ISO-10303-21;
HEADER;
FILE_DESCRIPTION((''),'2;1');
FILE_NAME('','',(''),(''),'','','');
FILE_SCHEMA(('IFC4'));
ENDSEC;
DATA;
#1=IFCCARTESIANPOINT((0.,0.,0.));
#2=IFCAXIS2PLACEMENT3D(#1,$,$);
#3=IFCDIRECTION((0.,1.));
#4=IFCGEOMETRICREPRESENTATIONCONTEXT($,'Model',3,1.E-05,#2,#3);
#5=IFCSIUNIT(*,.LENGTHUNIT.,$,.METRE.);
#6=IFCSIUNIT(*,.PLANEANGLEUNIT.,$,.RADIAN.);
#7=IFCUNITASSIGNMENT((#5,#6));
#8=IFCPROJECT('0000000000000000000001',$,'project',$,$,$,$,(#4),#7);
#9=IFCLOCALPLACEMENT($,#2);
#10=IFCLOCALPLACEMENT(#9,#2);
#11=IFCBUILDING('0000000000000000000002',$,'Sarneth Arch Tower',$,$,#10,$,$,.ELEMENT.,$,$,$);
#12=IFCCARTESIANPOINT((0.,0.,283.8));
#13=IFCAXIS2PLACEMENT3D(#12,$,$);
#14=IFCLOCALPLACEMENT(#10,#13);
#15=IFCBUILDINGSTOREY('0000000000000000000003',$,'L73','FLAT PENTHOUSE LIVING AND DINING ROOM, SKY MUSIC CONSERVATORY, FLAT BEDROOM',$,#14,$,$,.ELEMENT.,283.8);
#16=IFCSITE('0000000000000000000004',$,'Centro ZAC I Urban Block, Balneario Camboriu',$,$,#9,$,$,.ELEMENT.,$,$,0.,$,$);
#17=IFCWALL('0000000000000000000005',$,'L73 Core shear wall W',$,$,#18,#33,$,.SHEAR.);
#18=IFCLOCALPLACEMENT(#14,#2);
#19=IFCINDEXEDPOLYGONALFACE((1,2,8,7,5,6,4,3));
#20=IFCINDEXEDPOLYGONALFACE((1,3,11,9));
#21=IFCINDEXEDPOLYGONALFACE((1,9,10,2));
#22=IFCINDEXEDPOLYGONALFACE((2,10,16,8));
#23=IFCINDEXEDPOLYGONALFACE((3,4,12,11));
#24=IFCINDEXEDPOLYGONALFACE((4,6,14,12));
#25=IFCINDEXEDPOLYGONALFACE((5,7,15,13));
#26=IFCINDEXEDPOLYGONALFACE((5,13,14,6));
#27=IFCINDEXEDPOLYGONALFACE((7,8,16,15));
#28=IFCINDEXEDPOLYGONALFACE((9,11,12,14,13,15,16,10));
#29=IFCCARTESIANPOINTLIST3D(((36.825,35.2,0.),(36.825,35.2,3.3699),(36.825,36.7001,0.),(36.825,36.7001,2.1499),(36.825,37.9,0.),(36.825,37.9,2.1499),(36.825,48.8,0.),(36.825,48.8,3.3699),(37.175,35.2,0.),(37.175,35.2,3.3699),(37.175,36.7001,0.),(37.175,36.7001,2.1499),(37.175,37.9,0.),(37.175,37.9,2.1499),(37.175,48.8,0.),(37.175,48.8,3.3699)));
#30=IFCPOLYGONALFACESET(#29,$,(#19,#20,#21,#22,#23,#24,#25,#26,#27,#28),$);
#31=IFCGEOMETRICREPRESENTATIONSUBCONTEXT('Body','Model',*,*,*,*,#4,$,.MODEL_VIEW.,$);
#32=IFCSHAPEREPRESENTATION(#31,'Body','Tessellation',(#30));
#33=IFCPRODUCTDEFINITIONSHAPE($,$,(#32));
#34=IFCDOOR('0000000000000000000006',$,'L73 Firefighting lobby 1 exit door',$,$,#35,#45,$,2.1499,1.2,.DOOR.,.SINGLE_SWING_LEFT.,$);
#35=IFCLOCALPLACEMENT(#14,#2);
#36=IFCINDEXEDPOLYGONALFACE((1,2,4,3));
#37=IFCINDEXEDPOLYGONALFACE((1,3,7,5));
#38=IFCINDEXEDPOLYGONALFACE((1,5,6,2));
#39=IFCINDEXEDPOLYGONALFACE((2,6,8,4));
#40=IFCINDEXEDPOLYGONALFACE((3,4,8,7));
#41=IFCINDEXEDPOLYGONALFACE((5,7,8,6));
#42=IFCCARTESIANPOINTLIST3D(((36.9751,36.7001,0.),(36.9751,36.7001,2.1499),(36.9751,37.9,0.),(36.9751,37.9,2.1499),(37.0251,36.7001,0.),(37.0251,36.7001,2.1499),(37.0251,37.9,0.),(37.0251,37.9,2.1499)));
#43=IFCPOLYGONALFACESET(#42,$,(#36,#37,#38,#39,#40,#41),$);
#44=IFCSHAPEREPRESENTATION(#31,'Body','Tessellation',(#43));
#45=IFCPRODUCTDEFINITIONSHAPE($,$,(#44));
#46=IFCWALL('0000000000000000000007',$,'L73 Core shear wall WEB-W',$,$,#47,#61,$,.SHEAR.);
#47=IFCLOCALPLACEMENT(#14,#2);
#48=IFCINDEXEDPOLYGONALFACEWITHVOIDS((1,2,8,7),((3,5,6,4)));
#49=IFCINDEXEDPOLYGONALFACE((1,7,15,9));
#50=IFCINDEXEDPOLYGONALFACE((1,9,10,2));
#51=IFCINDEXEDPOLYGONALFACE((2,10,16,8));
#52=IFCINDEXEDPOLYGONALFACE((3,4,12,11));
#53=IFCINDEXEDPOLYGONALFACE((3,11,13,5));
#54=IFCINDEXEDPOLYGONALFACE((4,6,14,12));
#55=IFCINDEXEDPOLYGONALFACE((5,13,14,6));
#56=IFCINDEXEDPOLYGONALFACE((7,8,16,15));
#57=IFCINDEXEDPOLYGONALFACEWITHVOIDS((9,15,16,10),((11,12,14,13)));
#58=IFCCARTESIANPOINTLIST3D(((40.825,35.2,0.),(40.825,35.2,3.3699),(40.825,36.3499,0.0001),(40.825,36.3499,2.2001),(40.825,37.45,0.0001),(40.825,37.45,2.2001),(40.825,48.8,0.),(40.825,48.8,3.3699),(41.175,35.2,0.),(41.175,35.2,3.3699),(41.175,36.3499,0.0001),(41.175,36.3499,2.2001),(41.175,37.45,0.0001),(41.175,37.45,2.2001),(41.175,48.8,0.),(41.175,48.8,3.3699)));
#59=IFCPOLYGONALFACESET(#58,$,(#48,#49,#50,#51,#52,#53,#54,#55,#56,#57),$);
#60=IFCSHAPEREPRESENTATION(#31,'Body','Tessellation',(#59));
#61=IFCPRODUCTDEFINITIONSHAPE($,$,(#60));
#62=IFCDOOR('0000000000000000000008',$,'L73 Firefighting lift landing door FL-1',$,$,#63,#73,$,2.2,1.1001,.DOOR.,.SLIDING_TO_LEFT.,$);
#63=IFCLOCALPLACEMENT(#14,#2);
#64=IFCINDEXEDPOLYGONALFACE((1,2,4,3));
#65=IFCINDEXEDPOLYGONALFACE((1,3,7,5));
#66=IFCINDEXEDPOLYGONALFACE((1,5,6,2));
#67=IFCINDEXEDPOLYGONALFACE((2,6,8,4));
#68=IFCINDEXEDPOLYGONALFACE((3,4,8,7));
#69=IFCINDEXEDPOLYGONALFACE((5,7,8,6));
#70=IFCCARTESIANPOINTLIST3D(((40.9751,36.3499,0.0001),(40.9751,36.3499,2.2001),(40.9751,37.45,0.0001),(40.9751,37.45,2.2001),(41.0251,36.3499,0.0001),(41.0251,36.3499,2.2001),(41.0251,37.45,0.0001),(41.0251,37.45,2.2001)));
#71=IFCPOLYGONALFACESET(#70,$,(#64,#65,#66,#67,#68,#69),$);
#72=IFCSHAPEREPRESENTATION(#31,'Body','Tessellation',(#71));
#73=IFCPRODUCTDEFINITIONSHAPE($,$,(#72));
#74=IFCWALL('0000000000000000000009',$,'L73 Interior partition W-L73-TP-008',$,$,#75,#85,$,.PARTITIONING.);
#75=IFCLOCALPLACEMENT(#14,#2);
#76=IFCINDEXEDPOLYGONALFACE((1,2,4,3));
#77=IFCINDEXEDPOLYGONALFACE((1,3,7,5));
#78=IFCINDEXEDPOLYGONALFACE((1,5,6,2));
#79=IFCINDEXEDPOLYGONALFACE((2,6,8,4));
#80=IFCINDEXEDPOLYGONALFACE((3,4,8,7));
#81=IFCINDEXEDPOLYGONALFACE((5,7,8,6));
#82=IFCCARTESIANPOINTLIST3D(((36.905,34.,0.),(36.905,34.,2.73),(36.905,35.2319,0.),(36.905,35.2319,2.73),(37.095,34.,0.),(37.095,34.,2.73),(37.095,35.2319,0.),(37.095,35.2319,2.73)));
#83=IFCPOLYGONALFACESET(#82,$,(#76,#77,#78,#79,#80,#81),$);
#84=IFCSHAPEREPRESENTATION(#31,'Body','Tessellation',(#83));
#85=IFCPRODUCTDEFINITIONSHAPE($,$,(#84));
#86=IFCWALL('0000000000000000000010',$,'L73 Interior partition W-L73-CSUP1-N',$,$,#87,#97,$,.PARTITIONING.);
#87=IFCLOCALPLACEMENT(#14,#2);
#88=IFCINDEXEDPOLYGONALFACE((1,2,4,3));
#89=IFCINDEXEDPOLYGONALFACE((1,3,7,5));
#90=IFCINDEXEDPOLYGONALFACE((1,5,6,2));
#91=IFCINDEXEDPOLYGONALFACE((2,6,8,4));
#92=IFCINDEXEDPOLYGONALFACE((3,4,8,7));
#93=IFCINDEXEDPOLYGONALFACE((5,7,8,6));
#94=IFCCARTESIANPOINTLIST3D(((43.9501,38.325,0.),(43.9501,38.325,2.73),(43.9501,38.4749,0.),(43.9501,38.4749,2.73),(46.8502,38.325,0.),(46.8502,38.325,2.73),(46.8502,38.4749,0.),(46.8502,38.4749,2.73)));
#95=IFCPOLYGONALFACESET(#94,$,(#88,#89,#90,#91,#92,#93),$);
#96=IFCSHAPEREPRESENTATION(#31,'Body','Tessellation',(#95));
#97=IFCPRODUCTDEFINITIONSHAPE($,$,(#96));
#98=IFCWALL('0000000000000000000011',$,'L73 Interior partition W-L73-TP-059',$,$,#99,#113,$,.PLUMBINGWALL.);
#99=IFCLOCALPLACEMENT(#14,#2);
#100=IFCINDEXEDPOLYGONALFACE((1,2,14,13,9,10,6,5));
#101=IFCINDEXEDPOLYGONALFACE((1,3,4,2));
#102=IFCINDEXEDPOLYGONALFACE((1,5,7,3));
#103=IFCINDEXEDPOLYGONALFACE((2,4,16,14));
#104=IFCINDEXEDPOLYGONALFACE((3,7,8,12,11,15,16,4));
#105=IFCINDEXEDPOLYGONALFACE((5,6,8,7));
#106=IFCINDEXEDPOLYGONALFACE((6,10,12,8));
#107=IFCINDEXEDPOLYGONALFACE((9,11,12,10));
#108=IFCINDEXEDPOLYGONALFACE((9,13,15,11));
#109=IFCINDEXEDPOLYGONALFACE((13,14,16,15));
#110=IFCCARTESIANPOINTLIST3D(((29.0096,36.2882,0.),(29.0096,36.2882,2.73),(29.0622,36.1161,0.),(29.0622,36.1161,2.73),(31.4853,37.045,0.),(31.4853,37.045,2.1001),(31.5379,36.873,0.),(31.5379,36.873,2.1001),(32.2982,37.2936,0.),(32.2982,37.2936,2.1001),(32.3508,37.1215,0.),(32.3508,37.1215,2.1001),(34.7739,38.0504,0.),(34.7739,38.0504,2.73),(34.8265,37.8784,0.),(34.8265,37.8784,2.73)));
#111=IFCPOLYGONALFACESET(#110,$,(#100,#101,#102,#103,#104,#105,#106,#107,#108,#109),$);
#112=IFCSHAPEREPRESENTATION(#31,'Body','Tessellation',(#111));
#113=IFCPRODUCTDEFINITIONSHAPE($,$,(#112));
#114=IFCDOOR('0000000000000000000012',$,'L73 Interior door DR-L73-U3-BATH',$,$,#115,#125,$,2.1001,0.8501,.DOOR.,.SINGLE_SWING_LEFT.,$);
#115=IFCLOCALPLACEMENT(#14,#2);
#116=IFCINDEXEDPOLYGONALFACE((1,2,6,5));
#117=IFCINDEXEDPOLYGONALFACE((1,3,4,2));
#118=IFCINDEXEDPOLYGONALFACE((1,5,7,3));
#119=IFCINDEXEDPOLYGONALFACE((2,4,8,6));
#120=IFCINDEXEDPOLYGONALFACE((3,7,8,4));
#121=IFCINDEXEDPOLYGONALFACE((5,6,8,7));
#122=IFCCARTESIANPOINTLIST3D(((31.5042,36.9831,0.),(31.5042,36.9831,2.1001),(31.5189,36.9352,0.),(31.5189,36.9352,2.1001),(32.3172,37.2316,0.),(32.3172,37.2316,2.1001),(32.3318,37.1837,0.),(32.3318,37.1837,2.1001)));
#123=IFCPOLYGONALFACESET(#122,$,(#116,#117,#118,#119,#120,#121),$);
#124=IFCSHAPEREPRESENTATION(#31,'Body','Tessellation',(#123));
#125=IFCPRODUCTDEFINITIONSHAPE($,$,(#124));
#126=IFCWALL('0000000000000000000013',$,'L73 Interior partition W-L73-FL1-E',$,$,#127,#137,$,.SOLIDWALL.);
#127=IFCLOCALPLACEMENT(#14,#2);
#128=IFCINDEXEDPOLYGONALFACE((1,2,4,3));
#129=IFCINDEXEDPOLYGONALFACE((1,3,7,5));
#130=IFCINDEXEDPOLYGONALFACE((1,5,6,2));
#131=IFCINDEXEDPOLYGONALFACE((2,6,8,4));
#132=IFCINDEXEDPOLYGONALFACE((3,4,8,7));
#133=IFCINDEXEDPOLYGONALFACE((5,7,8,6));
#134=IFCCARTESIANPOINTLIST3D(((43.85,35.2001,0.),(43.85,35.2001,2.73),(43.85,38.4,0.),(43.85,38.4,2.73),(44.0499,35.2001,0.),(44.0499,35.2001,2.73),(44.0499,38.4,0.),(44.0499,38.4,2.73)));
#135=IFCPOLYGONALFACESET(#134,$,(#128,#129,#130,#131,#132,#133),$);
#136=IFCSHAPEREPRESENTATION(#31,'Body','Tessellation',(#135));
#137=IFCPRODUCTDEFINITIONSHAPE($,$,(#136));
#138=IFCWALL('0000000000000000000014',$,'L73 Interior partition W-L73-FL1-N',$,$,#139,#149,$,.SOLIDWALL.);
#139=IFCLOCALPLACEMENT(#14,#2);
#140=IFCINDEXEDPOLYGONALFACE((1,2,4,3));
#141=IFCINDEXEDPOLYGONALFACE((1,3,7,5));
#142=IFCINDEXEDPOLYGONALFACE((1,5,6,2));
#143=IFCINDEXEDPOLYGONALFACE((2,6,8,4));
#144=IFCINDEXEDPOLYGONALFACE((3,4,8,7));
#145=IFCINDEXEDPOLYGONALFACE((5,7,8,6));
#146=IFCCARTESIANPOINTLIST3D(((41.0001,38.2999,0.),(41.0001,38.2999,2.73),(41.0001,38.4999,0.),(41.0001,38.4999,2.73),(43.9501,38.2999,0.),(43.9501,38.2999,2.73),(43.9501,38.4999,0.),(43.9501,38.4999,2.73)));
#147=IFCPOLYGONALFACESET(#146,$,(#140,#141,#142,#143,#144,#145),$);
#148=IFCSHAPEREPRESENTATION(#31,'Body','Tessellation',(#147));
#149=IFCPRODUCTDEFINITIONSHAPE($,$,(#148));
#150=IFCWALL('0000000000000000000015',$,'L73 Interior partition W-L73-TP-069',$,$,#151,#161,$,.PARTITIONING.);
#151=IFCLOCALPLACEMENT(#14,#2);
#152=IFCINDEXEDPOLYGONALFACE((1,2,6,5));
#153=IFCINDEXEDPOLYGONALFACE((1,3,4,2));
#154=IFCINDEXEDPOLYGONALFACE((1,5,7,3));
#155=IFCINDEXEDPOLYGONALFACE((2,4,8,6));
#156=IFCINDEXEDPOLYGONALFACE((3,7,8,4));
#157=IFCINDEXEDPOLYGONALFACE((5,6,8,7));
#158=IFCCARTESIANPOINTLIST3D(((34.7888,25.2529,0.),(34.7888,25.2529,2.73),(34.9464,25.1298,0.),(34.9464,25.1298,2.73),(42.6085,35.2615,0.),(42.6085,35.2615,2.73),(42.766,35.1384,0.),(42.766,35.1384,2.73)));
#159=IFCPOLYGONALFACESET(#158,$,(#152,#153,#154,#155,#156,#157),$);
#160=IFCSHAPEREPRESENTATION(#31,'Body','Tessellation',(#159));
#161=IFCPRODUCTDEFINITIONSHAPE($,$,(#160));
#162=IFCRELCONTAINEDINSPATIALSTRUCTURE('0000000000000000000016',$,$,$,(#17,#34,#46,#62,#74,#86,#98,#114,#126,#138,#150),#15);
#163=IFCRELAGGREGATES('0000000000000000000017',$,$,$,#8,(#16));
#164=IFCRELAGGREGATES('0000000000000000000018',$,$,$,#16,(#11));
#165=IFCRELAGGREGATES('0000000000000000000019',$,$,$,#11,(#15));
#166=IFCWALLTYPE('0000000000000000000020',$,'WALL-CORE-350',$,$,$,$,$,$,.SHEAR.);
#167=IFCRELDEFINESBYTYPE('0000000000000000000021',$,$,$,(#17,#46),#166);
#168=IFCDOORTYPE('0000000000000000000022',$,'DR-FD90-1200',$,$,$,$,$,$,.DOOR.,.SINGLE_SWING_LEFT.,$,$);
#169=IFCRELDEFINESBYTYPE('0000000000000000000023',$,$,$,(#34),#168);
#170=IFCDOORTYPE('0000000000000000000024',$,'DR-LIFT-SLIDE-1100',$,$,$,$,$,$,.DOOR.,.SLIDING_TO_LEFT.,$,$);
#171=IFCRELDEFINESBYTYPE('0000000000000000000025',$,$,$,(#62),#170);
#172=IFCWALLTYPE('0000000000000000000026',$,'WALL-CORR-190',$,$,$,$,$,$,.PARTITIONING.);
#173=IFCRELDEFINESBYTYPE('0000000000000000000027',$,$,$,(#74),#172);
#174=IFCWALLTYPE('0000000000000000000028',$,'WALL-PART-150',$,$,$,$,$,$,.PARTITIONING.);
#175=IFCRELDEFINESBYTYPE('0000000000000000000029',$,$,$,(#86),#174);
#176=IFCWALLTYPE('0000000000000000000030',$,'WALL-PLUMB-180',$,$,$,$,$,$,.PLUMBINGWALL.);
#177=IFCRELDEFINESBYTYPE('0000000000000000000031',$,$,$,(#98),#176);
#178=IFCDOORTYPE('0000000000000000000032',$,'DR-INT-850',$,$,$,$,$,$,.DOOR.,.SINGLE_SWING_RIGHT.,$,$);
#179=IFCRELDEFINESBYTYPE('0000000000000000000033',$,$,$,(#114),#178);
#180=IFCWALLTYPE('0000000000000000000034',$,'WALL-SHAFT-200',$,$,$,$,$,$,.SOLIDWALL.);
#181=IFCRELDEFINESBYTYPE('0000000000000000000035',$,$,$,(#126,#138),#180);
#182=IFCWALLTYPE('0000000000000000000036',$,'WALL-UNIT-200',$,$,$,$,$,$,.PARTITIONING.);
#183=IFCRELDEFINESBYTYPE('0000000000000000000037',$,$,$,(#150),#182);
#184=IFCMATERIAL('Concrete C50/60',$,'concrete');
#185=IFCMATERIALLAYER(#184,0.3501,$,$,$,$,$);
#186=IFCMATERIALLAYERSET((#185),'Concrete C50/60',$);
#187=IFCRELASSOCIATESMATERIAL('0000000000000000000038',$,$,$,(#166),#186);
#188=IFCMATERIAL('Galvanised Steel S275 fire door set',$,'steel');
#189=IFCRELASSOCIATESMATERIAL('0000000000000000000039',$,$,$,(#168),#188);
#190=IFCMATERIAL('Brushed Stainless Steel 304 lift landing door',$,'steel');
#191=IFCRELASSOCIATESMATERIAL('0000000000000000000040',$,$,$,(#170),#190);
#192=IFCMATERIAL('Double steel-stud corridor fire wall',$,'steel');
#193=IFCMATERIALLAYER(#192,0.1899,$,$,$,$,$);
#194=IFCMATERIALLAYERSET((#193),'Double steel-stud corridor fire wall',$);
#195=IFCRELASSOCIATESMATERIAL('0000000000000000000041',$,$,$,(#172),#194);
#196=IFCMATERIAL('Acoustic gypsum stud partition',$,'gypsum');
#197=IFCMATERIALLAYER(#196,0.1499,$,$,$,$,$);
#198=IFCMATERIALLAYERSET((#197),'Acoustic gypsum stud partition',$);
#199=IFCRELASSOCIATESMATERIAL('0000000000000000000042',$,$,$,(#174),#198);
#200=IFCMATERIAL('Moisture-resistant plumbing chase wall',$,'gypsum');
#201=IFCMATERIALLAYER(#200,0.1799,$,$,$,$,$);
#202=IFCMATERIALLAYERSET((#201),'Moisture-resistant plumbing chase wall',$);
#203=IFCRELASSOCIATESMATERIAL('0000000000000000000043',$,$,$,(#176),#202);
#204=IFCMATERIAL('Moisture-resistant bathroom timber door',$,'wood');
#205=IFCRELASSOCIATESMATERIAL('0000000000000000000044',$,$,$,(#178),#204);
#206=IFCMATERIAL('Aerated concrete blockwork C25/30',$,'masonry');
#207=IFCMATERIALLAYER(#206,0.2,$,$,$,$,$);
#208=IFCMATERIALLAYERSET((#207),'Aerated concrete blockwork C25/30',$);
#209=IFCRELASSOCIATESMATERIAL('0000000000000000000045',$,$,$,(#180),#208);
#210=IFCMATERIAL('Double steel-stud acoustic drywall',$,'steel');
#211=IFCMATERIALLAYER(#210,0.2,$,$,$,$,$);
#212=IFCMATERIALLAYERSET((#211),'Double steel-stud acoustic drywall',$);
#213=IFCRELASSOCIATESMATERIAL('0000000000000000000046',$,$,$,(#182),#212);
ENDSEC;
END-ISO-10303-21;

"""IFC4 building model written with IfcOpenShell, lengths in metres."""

from ifc_helpers import new_model, si_unit, direction, frame, frame_2d, origin, place, context, subcontext, project, spatial, rectangle, extrude, material, layer, layer_set, type_object, element, fill, save


model = new_model("IFC4")

# Units and contexts
model_context = context("Model", 3, precision=1e-05, world=origin(), true_north=direction((0.0, 1.0)))
body_context = subcontext(model_context, "Body", "Model", "MODEL_VIEW")
ifc_project = project(units=[si_unit("LENGTHUNIT", "METRE"), si_unit("PLANEANGLEUNIT", "RADIAN")], contexts=[model_context])

# Site, building, storey
site_placement = place(None, origin())
site = spatial("IfcSite", under=ifc_project, at=site_placement, Name="Centro ZAC I Urban Block, Balneario Camboriu", CompositionType="ELEMENT", RefElevation=0.0)
building_placement = place(site_placement, origin())
building = spatial("IfcBuilding", under=site, at=building_placement, Name="Sarneth Arch Tower", CompositionType="ELEMENT")
storey_placement = place(building_placement, frame((0.0, 0.0, 283.8)))
storey = spatial("IfcBuildingStorey", under=building, at=storey_placement, Name="L73", Description="FLAT PENTHOUSE LIVING AND DINING ROOM, SKY MUSIC CONSERVATORY, FLAT BEDROOM", CompositionType="ELEMENT", Elevation=283.8)

# Shared definitions
ifc_material_1 = material(Name="Concrete C50/60", Category="concrete")
ifc_layer_1 = layer(ifc_material_1, 0.3501)
ifc_layer_set_1 = layer_set([ifc_layer_1], Name="Concrete C50/60")
wall_type_1 = type_object("IfcWallType", Name="WALL-CORE-350", PredefinedType="SHEAR", material=ifc_layer_set_1)

# Walls, openings, doors
wall_1_placement = place(storey_placement, frame((37.0, 35.2, 0.0), z_axis=(0.0, 0.0, 1.0), x_axis=(0.0, 1.0, 0.0)))
wall_1 = element("IfcWall", 1, at=wall_1_placement, inside=storey, type_object=wall_type_1, Name="L73 Core shear wall W", PredefinedType="SHEAR", context=body_context, shape_type="SweptSolid", body=[
    extrude(rectangle(XDim=13.6001, YDim=0.3501, at=frame_2d((6.8, 0.0))), origin(), (0.0, 0.0, 1.0), 3.3699),
])
opening_1_placement = place(wall_1_placement, frame((1.5, 0.0, 0.0)))
opening_1 = element("IfcOpeningElement", 2, at=opening_1_placement, cuts=wall_1, PredefinedType="OPENING", context=body_context, shape_type="SweptSolid", body=[
    extrude(rectangle(XDim=1.2, YDim=2.1499, at=frame_2d((0.6001, 1.075))), frame((0.0, 0.1851, 0.0), z_axis=(0.0, -1.0, 0.0), x_axis=(1.0, 0.0, 0.0)), (0.0, 0.0, 1.0), 0.3701),
])
ifc_material_2 = material(Name="Galvanised Steel S275 fire door set", Category="steel")
door_type_1 = type_object("IfcDoorType", Name="DR-FD90-1200", OperationType="SINGLE_SWING_LEFT", PredefinedType="DOOR", material=ifc_material_2)
door_1_placement = place(opening_1_placement, origin())
door_1 = element("IfcDoor", 3, at=door_1_placement, inside=storey, type_object=door_type_1, Name="L73 Firefighting lobby 1 exit door", OperationType="SINGLE_SWING_LEFT", OverallHeight=2.1499, OverallWidth=1.2, PredefinedType="DOOR", context=body_context, shape_type="SweptSolid", body=[
    extrude(rectangle(XDim=1.2, YDim=2.1499, at=frame_2d((0.6001, 1.075))), frame((0.0, 0.0249, 0.0), z_axis=(0.0, -1.0, 0.0), x_axis=(1.0, 0.0, 0.0)), (0.0, 0.0, 1.0), 0.05),
])
fill(opening_1, door_1)
wall_2_placement = place(storey_placement, frame((41.0, 35.2, 0.0), z_axis=(0.0, 0.0, 1.0), x_axis=(0.0, 1.0, 0.0)))
wall_2 = element("IfcWall", 4, at=wall_2_placement, inside=storey, type_object=wall_type_1, Name="L73 Core shear wall WEB-W", PredefinedType="SHEAR", context=body_context, shape_type="SweptSolid", body=[
    extrude(rectangle(XDim=13.6001, YDim=0.3501, at=frame_2d((6.8, 0.0))), origin(), (0.0, 0.0, 1.0), 3.3699),
])
opening_2_placement = place(wall_2_placement, frame((1.1499, 0.0, 0.0)))
opening_2 = element("IfcOpeningElement", 5, at=opening_2_placement, cuts=wall_2, PredefinedType="OPENING", context=body_context, shape_type="SweptSolid", body=[
    extrude(rectangle(XDim=1.1001, YDim=2.2, at=frame_2d((0.55, 1.1001))), frame((0.0, 0.1851, 0.0), z_axis=(0.0, -1.0, 0.0), x_axis=(1.0, 0.0, 0.0)), (0.0, 0.0, 1.0), 0.3701),
])
ifc_material_3 = material(Name="Brushed Stainless Steel 304 lift landing door", Category="steel")
door_type_2 = type_object("IfcDoorType", Name="DR-LIFT-SLIDE-1100", OperationType="SLIDING_TO_LEFT", PredefinedType="DOOR", material=ifc_material_3)
door_2_placement = place(opening_2_placement, origin())
door_2 = element("IfcDoor", 6, at=door_2_placement, inside=storey, type_object=door_type_2, Name="L73 Firefighting lift landing door FL-1", OperationType="SLIDING_TO_LEFT", OverallHeight=2.2, OverallWidth=1.1001, PredefinedType="DOOR", context=body_context, shape_type="SweptSolid", body=[
    extrude(rectangle(XDim=1.1001, YDim=2.2, at=frame_2d((0.55, 1.1001))), frame((0.0, 0.0249, 0.0), z_axis=(0.0, -1.0, 0.0), x_axis=(1.0, 0.0, 0.0)), (0.0, 0.0, 1.0), 0.05),
])
fill(opening_2, door_2)

# Wall
ifc_material_4 = material(Name="Double steel-stud corridor fire wall", Category="steel")
ifc_layer_2 = layer(ifc_material_4, 0.1899)
ifc_layer_set_2 = layer_set([ifc_layer_2], Name="Double steel-stud corridor fire wall")
wall_type_2 = type_object("IfcWallType", Name="WALL-CORR-190", PredefinedType="PARTITIONING", material=ifc_layer_set_2)
wall_3_placement = place(storey_placement, frame((37.0, 35.2319, 0.0), z_axis=(0.0, 0.0, 1.0), x_axis=(0.0, -1.0, 0.0)))
element("IfcWall", 7, at=wall_3_placement, inside=storey, type_object=wall_type_2, Name="L73 Interior partition W-L73-TP-008", PredefinedType="PARTITIONING", context=body_context, shape_type="SweptSolid", body=[
    extrude(rectangle(XDim=1.2319, YDim=0.1899, at=frame_2d((0.616, 0.0))), origin(), (0.0, 0.0, 1.0), 2.73),
])

# Shared definitions
ifc_material_5 = material(Name="Acoustic gypsum stud partition", Category="gypsum")
ifc_layer_3 = layer(ifc_material_5, 0.1499)
ifc_layer_set_3 = layer_set([ifc_layer_3], Name="Acoustic gypsum stud partition")
wall_type_3 = type_object("IfcWallType", Name="WALL-PART-150", PredefinedType="PARTITIONING", material=ifc_layer_set_3)

# Wall
wall_4_placement = place(storey_placement, frame((43.95, 38.3999, 0.0), z_axis=(0.0, 0.0, 1.0), x_axis=(1.0, 0.0, 0.0)))
element("IfcWall", 8, at=wall_4_placement, inside=storey, type_object=wall_type_3, Name="L73 Interior partition W-L73-CSUP1-N", PredefinedType="PARTITIONING", context=body_context, shape_type="SweptSolid", body=[
    extrude(rectangle(XDim=2.9001, YDim=0.1499, at=frame_2d((1.4502, 0.0))), origin(), (0.0, 0.0, 1.0), 2.73),
])

# Wall, opening, door
ifc_material_6 = material(Name="Moisture-resistant plumbing chase wall", Category="gypsum")
ifc_layer_4 = layer(ifc_material_6, 0.1799)
ifc_layer_set_4 = layer_set([ifc_layer_4], Name="Moisture-resistant plumbing chase wall")
wall_type_4 = type_object("IfcWallType", Name="WALL-PLUMB-180", PredefinedType="PLUMBINGWALL", material=ifc_layer_set_4)
wall_5_placement = place(storey_placement, frame((34.8, 37.9644, 0.0), z_axis=(0.0, 0.0, 1.0), x_axis=(-0.956308, -0.292361, 0.0)))
wall_5 = element("IfcWall", 9, at=wall_5_placement, inside=storey, type_object=wall_type_4, Name="L73 Interior partition W-L73-TP-059", PredefinedType="PLUMBINGWALL", context=body_context, shape_type="SweptSolid", body=[
    extrude(rectangle(XDim=6.0276, YDim=0.1799, at=frame_2d((3.0137, 0.0))), origin(), (0.0, 0.0, 1.0), 2.73),
])
opening_3_placement = place(wall_5_placement, frame((2.5886, 0.0, 0.0)))
opening_3 = element("IfcOpeningElement", 10, at=opening_3_placement, cuts=wall_5, PredefinedType="OPENING", context=body_context, shape_type="SweptSolid", body=[
    extrude(rectangle(XDim=0.8501, YDim=2.1001, at=frame_2d((0.425, 1.05))), frame((0.0, 0.0999, 0.0), z_axis=(0.0, -1.0, 0.0), x_axis=(1.0, 0.0, 0.0)), (0.0, 0.0, 1.0), 0.2),
])
ifc_material_7 = material(Name="Moisture-resistant bathroom timber door", Category="wood")
door_type_3 = type_object("IfcDoorType", Name="DR-INT-850", OperationType="SINGLE_SWING_RIGHT", PredefinedType="DOOR", material=ifc_material_7)
door_3_placement = place(opening_3_placement, origin())
door_3 = element("IfcDoor", 11, at=door_3_placement, inside=storey, type_object=door_type_3, Name="L73 Interior door DR-L73-U3-BATH", OperationType="SINGLE_SWING_LEFT", OverallHeight=2.1001, OverallWidth=0.8501, PredefinedType="DOOR", context=body_context, shape_type="SweptSolid", body=[
    extrude(rectangle(XDim=0.8501, YDim=2.1001, at=frame_2d((0.425, 1.05))), frame((0.0, 0.0249, 0.0), z_axis=(0.0, -1.0, 0.0), x_axis=(1.0, 0.0, 0.0)), (0.0, 0.0, 1.0), 0.05),
])
fill(opening_3, door_3)
ifc_material_8 = material(Name="Aerated concrete blockwork C25/30", Category="masonry")
ifc_layer_5 = layer(ifc_material_8, 0.2)
ifc_layer_set_5 = layer_set([ifc_layer_5], Name="Aerated concrete blockwork C25/30")
wall_type_5 = type_object("IfcWallType", Name="WALL-SHAFT-200", PredefinedType="SOLIDWALL", material=ifc_layer_set_5)

# Walls
wall_6_placement = place(storey_placement, frame((43.95, 35.2, 0.0), z_axis=(0.0, 0.0, 1.0), x_axis=(0.0, 1.0, 0.0)))
element("IfcWall", 12, at=wall_6_placement, inside=storey, type_object=wall_type_5, Name="L73 Interior partition W-L73-FL1-E", PredefinedType="SOLIDWALL", context=body_context, shape_type="SweptSolid", body=[
    extrude(rectangle(XDim=3.2, YDim=0.2, at=frame_2d((1.6001, 0.0))), origin(), (0.0, 0.0, 1.0), 2.73),
])
wall_7_placement = place(storey_placement, frame((41.0, 38.3999, 0.0), z_axis=(0.0, 0.0, 1.0), x_axis=(1.0, 0.0, 0.0)))
element("IfcWall", 13, at=wall_7_placement, inside=storey, type_object=wall_type_5, Name="L73 Interior partition W-L73-FL1-N", PredefinedType="SOLIDWALL", context=body_context, shape_type="SweptSolid", body=[
    extrude(rectangle(XDim=2.95, YDim=0.2, at=frame_2d((1.4751, 0.0))), origin(), (0.0, 0.0, 1.0), 2.73),
])
ifc_material_9 = material(Name="Double steel-stud acoustic drywall", Category="steel")
ifc_layer_6 = layer(ifc_material_9, 0.2)
ifc_layer_set_6 = layer_set([ifc_layer_6], Name="Double steel-stud acoustic drywall")
wall_type_6 = type_object("IfcWallType", Name="WALL-UNIT-200", PredefinedType="PARTITIONING", material=ifc_layer_set_6)
wall_8_placement = place(storey_placement, frame((42.6873, 35.2, 0.0), z_axis=(0.0, 0.0, 1.0), x_axis=(-0.615664, -0.788009, 0.0)))
element("IfcWall", 14, at=wall_8_placement, inside=storey, type_object=wall_type_6, Name="L73 Interior partition W-L73-TP-069", PredefinedType="PARTITIONING", context=body_context, shape_type="SweptSolid", body=[
    extrude(rectangle(XDim=12.7012, YDim=0.2, at=frame_2d((6.3506, 0.0))), origin(), (0.0, 0.0, 1.0), 2.73),
])

save(model, "model.ifc")
